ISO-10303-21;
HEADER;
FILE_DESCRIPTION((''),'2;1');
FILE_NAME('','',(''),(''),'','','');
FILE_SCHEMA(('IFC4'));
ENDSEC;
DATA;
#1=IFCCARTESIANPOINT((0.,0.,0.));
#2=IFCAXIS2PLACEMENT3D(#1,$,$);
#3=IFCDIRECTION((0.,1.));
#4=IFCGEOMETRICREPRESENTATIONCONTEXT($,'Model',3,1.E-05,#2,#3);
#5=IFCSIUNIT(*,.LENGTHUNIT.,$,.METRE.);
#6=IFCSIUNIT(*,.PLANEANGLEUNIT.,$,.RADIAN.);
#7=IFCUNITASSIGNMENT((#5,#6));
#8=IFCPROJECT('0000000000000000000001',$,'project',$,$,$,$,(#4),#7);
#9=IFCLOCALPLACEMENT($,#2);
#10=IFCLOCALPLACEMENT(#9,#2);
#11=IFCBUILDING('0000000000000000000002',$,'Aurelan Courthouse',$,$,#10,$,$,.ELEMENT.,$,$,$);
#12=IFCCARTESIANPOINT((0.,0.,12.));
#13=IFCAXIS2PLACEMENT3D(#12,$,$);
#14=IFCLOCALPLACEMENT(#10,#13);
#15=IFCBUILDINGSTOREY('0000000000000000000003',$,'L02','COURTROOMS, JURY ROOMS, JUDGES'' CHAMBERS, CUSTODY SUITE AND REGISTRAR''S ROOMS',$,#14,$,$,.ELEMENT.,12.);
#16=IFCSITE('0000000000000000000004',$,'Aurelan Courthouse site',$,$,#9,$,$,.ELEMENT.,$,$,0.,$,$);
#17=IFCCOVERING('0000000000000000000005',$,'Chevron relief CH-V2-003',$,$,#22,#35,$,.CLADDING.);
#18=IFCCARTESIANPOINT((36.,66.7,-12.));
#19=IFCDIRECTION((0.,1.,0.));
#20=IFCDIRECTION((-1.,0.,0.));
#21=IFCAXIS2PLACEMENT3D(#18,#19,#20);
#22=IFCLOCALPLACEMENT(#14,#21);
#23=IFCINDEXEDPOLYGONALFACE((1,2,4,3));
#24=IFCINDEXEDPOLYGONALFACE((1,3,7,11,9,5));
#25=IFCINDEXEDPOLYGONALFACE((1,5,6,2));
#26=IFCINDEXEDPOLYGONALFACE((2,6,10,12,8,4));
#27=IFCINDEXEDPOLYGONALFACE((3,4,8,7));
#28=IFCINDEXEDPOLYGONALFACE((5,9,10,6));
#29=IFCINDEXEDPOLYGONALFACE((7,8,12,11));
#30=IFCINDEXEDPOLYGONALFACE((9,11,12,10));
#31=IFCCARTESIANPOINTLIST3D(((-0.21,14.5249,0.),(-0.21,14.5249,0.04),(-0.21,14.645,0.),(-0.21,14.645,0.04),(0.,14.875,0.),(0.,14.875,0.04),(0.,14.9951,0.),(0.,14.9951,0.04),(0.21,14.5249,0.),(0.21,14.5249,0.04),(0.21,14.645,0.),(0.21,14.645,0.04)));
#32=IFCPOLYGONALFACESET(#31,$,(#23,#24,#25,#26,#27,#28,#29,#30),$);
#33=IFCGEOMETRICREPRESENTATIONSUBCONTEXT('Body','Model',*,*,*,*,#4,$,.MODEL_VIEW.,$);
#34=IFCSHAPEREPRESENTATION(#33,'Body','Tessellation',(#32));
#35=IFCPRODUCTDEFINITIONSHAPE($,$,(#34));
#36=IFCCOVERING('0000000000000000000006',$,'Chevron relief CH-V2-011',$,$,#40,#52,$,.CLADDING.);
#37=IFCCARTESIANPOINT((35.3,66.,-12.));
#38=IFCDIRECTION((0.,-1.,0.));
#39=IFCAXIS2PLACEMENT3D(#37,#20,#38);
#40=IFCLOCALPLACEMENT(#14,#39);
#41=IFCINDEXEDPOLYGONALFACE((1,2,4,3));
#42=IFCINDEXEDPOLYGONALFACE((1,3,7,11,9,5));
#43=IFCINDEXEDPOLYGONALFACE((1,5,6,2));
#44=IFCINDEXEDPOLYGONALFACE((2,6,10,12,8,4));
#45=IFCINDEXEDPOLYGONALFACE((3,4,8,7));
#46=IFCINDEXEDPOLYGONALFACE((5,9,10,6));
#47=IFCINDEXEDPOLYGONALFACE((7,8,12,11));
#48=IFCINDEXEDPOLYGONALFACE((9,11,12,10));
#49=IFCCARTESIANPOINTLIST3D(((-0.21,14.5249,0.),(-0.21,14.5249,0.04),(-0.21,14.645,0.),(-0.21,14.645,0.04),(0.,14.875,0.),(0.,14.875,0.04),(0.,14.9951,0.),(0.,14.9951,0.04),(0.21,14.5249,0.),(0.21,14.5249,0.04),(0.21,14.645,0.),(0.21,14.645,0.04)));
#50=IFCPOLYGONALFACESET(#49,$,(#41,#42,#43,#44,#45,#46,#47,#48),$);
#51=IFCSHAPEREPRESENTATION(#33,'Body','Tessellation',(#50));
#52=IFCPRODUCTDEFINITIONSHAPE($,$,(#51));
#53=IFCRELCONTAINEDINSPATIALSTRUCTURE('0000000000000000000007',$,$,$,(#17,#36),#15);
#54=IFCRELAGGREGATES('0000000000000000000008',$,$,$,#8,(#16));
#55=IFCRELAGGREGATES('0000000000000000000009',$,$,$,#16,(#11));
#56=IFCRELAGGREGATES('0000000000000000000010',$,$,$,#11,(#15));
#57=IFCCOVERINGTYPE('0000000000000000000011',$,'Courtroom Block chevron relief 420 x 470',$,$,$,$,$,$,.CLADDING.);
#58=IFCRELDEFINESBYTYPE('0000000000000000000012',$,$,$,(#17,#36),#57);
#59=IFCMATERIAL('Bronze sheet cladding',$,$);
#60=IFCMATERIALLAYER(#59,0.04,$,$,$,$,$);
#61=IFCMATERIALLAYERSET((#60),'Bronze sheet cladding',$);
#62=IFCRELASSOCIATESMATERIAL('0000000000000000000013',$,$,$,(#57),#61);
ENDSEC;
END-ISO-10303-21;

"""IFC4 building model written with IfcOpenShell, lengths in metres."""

from ifc_helpers import new_model, si_unit, direction, frame, origin, place, context, subcontext, project, spatial, polyline, outline, extrude, material, layer, layer_set, type_object, element, save


model = new_model("IFC4")

# Units and contexts
model_context = context("Model", 3, precision=1e-05, world=origin(), true_north=direction((0.0, 1.0)))
body_context = subcontext(model_context, "Body", "Model", "MODEL_VIEW")
ifc_project = project(units=[si_unit("LENGTHUNIT", "METRE"), si_unit("PLANEANGLEUNIT", "RADIAN")], contexts=[model_context])

# Site, building, storey
site_placement = place(None, origin())
site = spatial("IfcSite", under=ifc_project, at=site_placement, Name="Aurelan Courthouse site", CompositionType="ELEMENT", RefElevation=0.0)
building_placement = place(site_placement, origin())
building = spatial("IfcBuilding", under=site, at=building_placement, Name="Aurelan Courthouse", CompositionType="ELEMENT")
storey_placement = place(building_placement, frame((0.0, 0.0, 12.0)))
storey = spatial("IfcBuildingStorey", under=building, at=storey_placement, Name="L02", Description="COURTROOMS, JURY ROOMS, JUDGES' CHAMBERS, CUSTODY SUITE AND REGISTRAR'S ROOMS", CompositionType="ELEMENT", Elevation=12.0)

# Coverings
ifc_material_1 = material(Name="Bronze sheet cladding")
ifc_layer_1 = layer(ifc_material_1, 0.04)
ifc_layer_set_1 = layer_set([ifc_layer_1], Name="Bronze sheet cladding")
covering_type_1 = type_object("IfcCoveringType", Name="Courtroom Block chevron relief 420 x 470", PredefinedType="CLADDING", material=ifc_layer_set_1)
for number, where, z_axis, x_axis, name in (
    (1, (36.0, 66.7, -12.0), (0.0, 1.0, 0.0), (-1.0, 0.0, 0.0), "Chevron relief CH-V2-003"),
    (2, (35.3, 66.0, -12.0), (-1.0, 0.0, 0.0), (0.0, -1.0, 0.0), "Chevron relief CH-V2-011"),
):
    element("IfcCovering", number, at=place(storey_placement, frame(where, z_axis=z_axis, x_axis=x_axis)), inside=storey, type_object=covering_type_1, Name=name, PredefinedType="CLADDING", context=body_context, shape_type="SweptSolid", body=[
        extrude(outline(polyline([(-0.21, 14.5249), (0.0, 14.875), (0.21, 14.5249), (0.21, 14.645), (0.0, 14.9951), (-0.21, 14.645), (-0.21, 14.5249)])), origin(), (0.0, 0.0, 1.0), 0.04),
    ])

save(model, "model.ifc")
